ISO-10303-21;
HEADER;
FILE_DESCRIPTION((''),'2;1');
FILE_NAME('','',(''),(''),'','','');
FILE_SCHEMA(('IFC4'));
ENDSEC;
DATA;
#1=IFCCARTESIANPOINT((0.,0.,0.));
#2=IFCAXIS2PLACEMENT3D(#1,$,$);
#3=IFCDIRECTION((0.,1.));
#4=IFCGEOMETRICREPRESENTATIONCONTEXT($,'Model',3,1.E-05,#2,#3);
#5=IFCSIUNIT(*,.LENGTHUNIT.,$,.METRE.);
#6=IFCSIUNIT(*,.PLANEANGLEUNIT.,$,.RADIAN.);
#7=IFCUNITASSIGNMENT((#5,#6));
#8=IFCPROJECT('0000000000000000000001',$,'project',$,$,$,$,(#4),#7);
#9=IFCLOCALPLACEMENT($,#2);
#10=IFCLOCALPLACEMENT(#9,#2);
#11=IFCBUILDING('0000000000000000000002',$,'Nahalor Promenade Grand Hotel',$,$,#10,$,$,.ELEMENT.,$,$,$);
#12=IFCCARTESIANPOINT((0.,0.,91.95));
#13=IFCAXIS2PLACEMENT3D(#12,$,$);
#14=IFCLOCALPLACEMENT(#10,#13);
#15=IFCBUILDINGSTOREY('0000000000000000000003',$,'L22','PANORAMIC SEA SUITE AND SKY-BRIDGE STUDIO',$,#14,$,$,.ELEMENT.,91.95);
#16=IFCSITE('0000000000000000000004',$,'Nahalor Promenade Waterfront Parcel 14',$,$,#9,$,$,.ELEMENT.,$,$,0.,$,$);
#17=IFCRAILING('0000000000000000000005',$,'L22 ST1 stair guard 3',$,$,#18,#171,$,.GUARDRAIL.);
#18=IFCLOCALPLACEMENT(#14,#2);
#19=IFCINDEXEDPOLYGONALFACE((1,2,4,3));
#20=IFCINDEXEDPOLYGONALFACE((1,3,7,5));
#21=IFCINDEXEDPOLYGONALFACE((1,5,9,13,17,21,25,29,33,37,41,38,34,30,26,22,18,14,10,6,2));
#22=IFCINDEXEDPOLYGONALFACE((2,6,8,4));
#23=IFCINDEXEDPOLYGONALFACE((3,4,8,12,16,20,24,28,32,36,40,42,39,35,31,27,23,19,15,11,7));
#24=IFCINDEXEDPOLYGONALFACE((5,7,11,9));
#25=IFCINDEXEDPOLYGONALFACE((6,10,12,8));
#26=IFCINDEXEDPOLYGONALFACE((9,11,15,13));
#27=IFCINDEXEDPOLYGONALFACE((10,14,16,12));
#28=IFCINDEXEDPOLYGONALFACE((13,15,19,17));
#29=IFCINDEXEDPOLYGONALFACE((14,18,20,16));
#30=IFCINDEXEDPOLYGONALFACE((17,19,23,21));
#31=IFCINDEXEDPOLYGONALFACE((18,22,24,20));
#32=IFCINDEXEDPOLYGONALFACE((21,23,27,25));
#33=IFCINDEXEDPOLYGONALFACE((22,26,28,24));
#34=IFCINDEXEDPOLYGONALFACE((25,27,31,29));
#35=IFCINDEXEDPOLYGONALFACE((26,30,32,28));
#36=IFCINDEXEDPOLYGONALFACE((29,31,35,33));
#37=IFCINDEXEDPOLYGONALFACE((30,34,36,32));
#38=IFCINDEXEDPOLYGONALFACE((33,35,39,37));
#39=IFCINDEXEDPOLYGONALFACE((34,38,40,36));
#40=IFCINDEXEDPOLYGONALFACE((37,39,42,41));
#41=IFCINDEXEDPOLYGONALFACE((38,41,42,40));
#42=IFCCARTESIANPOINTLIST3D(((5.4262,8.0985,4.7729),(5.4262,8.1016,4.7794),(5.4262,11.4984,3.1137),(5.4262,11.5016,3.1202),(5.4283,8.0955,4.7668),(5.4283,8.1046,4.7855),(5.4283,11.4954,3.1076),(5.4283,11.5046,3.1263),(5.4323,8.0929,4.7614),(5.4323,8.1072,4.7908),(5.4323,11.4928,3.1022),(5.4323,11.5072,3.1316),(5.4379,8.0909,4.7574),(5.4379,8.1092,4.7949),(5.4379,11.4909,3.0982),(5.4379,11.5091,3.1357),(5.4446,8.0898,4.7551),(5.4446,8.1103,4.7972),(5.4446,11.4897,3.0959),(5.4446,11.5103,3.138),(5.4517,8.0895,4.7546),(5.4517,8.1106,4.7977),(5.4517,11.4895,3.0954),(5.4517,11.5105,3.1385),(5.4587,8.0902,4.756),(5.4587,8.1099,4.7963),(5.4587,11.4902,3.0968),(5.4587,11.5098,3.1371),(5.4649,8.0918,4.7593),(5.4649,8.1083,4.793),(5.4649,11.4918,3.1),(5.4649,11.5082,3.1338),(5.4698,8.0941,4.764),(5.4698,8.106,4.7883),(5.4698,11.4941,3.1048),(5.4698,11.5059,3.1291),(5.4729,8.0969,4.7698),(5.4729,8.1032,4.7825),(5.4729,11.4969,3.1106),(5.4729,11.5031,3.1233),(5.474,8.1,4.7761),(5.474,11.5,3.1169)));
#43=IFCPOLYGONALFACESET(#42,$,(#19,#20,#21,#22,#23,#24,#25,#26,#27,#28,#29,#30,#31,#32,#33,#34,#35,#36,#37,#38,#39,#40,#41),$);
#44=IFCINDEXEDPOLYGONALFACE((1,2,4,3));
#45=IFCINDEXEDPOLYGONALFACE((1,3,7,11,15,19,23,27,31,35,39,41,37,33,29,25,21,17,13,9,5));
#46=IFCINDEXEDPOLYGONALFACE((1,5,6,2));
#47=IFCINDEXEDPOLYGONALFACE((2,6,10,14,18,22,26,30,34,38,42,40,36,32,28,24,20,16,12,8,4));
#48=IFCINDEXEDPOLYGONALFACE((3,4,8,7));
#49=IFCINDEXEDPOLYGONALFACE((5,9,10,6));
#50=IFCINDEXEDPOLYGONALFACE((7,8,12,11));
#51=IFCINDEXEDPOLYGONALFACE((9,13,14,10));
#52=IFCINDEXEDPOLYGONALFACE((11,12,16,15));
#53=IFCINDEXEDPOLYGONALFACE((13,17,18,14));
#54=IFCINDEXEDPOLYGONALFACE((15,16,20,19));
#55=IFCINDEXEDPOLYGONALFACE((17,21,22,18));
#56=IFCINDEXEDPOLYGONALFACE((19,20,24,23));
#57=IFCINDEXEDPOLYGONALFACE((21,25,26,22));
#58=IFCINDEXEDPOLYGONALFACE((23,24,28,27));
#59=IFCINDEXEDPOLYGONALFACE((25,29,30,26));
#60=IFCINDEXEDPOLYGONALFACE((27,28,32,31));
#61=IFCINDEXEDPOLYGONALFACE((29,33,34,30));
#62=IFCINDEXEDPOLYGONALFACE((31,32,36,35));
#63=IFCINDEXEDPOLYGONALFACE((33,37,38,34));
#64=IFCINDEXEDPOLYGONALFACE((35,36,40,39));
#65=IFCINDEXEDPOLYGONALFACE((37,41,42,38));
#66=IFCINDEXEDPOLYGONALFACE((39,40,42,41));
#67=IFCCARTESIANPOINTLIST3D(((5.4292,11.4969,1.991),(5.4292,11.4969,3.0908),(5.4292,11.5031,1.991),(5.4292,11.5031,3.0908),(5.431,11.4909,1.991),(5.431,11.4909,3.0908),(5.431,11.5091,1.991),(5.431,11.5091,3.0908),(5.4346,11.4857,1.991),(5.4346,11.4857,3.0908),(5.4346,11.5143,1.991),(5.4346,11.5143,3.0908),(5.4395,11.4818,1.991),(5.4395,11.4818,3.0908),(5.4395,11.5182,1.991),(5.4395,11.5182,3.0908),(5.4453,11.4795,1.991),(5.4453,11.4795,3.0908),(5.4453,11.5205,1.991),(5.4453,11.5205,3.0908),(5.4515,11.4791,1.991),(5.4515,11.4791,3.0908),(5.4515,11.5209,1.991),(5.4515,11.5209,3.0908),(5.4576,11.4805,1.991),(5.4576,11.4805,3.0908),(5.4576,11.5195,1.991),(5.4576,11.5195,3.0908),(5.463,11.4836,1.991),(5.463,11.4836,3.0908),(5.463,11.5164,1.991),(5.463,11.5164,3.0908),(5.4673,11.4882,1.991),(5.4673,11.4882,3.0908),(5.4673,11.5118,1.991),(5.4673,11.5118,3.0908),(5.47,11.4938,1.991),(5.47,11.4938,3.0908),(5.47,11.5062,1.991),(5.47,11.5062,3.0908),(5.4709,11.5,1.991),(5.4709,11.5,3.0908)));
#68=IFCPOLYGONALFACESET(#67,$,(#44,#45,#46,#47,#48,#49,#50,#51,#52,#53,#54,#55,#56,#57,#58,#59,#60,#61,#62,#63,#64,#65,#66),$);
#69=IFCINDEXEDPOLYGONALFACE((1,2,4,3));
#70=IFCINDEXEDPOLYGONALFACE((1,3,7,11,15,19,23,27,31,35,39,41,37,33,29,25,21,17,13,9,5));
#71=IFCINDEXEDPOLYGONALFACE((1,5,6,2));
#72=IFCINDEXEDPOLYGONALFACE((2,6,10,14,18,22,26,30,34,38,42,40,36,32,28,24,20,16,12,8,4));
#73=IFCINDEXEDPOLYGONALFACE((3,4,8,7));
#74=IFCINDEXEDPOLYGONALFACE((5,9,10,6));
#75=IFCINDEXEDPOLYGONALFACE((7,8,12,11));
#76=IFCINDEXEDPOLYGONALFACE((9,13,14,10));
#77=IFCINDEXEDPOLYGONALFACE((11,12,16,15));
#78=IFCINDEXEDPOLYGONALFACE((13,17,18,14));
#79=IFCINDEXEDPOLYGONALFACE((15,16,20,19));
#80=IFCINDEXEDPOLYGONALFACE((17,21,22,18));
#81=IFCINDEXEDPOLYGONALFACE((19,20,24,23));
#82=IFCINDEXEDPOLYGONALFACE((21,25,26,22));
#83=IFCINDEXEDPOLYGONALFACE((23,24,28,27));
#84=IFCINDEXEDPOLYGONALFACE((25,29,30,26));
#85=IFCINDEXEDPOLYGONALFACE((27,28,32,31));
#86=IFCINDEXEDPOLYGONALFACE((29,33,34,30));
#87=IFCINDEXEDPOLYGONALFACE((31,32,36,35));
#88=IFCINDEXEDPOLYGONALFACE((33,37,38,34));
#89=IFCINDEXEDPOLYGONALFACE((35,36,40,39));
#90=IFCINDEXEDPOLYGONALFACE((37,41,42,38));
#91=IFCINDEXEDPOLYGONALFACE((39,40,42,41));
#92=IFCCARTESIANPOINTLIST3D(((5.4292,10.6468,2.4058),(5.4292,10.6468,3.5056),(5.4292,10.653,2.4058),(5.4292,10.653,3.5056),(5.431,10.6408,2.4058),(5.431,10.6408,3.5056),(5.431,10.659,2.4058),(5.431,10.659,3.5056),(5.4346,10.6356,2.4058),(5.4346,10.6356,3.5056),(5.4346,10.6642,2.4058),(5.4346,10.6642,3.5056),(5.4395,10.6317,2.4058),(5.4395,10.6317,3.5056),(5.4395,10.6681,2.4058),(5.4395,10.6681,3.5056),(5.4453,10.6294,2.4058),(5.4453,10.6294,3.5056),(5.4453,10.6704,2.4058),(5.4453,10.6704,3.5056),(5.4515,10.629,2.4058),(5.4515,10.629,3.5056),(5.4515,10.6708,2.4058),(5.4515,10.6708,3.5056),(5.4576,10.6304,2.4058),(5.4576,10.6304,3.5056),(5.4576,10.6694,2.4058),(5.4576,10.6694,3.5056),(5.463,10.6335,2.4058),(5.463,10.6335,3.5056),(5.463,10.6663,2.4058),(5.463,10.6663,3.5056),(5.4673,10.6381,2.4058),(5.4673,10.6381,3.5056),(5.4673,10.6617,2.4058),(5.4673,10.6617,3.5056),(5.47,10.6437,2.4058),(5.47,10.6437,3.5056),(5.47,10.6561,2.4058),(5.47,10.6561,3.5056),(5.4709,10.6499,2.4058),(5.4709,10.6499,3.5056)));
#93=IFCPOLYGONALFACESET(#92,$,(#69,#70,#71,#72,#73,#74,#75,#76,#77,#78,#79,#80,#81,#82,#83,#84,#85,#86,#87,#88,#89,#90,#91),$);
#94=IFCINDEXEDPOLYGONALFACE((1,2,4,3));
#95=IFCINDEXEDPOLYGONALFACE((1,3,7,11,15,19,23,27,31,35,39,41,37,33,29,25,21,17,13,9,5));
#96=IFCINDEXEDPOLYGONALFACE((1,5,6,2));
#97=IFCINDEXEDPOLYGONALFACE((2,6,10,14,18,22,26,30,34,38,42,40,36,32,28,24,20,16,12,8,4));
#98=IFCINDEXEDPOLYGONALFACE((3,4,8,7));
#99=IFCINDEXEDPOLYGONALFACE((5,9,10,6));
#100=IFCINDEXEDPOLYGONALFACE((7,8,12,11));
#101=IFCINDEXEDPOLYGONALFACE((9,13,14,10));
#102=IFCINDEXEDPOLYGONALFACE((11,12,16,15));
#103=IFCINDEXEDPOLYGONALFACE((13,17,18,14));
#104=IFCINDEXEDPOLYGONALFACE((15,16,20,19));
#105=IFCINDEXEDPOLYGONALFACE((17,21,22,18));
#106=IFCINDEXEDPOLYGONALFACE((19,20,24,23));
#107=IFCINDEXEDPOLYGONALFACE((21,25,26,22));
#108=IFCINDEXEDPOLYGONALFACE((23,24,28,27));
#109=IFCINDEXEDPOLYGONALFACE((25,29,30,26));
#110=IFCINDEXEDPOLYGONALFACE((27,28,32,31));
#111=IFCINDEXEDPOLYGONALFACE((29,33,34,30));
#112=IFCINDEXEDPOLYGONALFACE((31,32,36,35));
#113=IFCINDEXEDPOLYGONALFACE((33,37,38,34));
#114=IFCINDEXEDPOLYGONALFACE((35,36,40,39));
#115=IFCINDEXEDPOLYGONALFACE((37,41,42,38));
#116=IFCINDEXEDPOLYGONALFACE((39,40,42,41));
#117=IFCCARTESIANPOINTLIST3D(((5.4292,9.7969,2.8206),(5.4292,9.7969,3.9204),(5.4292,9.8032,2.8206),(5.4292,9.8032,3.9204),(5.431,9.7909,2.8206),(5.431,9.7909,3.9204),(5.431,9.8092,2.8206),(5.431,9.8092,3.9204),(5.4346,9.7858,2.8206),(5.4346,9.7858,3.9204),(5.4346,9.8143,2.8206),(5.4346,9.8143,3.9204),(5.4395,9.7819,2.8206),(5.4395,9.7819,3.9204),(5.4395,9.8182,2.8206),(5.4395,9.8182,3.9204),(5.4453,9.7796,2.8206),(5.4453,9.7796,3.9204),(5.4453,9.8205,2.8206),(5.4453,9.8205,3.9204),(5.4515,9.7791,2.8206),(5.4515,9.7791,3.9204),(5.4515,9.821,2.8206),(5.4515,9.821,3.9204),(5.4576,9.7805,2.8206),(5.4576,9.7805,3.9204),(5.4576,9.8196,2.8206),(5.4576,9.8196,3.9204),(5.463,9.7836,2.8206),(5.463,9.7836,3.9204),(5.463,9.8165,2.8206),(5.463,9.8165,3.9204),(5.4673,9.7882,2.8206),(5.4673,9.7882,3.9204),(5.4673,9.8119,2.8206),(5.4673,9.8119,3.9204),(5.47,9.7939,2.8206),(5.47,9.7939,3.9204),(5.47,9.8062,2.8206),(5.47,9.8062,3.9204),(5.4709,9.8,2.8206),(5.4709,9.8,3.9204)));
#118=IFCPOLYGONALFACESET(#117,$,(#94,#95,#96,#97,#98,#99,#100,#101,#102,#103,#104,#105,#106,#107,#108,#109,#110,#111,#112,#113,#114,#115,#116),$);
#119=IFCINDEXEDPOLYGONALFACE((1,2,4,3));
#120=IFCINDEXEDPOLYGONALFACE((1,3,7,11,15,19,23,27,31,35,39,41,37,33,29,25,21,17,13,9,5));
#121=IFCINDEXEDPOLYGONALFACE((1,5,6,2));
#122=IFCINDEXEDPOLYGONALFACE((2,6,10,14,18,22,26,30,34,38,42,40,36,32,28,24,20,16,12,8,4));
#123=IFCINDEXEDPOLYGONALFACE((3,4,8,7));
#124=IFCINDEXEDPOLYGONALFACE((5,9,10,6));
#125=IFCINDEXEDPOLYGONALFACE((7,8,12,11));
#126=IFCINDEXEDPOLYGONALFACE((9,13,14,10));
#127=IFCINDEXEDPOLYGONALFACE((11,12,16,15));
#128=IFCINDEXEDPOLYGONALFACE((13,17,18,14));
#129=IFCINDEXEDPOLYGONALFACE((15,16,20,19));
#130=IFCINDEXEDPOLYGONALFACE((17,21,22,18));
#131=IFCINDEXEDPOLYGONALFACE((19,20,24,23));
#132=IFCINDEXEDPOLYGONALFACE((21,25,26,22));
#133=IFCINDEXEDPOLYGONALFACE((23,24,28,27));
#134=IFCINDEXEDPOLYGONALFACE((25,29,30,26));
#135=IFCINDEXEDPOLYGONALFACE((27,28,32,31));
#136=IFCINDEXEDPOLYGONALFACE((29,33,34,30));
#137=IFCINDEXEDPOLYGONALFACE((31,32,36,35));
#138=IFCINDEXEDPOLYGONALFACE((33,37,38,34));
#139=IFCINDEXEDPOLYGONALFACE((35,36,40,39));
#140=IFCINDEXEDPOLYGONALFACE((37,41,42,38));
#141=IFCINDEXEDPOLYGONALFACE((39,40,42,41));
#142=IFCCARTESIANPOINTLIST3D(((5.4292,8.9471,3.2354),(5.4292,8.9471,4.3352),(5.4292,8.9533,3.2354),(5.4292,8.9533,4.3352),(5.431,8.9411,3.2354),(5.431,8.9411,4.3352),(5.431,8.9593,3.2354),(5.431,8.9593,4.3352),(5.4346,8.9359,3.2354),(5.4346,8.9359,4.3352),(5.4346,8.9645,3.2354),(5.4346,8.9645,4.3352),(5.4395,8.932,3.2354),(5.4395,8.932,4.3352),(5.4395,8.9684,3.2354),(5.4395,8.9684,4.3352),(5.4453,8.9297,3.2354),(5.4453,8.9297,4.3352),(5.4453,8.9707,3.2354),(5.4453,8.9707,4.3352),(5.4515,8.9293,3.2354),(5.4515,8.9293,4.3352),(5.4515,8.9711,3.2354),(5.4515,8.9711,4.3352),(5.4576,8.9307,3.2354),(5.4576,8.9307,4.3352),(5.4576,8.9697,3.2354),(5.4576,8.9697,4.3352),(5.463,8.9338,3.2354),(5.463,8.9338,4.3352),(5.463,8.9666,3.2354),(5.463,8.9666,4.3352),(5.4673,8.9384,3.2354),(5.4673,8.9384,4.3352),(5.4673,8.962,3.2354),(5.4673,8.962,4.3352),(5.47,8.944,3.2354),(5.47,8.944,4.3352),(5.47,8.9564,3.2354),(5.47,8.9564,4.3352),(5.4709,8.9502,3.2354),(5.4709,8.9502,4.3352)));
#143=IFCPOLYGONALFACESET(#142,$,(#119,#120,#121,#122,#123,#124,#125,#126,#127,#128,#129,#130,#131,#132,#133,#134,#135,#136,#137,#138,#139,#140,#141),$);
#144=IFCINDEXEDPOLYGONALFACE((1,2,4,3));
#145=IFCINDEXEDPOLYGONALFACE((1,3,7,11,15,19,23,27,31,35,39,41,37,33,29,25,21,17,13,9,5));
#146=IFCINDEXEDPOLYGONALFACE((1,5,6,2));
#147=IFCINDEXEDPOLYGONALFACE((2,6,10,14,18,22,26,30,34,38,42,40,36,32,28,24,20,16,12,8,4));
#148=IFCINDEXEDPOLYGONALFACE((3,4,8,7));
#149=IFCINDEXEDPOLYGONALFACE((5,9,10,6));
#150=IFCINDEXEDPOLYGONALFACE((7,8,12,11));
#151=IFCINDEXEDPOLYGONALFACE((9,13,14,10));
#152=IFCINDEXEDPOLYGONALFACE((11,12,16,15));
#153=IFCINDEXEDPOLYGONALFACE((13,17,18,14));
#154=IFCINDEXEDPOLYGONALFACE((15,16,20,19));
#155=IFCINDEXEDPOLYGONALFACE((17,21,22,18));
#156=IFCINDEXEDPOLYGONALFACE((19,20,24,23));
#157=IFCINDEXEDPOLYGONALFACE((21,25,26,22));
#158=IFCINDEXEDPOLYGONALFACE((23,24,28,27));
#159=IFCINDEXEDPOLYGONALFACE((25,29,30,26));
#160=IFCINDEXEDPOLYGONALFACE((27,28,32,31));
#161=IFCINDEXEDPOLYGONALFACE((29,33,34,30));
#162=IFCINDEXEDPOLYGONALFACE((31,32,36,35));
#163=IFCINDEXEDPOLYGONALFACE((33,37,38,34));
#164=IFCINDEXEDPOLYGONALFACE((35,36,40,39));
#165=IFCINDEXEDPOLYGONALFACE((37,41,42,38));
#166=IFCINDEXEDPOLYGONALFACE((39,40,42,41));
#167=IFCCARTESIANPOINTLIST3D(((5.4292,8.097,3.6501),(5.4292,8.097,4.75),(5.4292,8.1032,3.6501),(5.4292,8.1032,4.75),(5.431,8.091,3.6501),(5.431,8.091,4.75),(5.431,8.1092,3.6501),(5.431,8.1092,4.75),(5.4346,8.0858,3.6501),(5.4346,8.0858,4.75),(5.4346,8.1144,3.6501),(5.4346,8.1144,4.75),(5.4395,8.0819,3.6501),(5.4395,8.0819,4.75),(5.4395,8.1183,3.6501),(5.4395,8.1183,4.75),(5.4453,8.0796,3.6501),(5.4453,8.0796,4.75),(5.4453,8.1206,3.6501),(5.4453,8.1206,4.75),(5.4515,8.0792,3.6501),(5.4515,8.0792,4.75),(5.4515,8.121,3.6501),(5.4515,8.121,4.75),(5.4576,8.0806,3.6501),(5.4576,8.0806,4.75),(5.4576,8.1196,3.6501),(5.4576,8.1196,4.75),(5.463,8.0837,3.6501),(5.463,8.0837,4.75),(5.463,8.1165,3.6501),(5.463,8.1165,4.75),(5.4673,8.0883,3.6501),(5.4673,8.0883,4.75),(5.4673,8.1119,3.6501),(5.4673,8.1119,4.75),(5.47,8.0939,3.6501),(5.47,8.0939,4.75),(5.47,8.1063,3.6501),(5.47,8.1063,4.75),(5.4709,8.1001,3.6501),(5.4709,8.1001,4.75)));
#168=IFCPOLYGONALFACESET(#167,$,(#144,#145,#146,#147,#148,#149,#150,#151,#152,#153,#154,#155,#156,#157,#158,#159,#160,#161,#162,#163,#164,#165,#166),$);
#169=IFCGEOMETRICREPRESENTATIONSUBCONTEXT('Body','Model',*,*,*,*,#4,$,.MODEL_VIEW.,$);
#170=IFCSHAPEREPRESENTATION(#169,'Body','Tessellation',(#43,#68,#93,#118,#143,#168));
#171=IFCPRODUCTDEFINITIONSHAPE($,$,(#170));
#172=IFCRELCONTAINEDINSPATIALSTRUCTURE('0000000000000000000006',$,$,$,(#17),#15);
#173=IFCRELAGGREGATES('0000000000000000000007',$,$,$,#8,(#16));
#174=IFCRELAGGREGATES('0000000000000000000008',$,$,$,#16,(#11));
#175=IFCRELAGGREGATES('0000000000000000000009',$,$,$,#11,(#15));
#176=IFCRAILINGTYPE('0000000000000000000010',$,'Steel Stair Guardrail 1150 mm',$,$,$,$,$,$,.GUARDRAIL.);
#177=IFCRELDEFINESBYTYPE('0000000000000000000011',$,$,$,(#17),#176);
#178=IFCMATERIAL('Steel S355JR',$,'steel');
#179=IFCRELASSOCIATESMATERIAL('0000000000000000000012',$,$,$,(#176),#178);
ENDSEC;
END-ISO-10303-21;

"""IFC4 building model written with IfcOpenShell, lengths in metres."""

from ifc_helpers import new_model, si_unit, direction, frame, origin, origin_2d, place, context, subcontext, project, spatial, circle, extrude, material, type_object, element, save


model = new_model("IFC4")

# Units and contexts
model_context = context("Model", 3, precision=1e-05, world=origin(), true_north=direction((0.0, 1.0)))
body_context = subcontext(model_context, "Body", "Model", "MODEL_VIEW")
ifc_project = project(units=[si_unit("LENGTHUNIT", "METRE"), si_unit("PLANEANGLEUNIT", "RADIAN")], contexts=[model_context])

# Site, building, storey
site_placement = place(None, origin())
site = spatial("IfcSite", under=ifc_project, at=site_placement, Name="Nahalor Promenade Waterfront Parcel 14", CompositionType="ELEMENT", RefElevation=0.0)
building_placement = place(site_placement, origin())
building = spatial("IfcBuilding", under=site, at=building_placement, Name="Nahalor Promenade Grand Hotel", CompositionType="ELEMENT")
storey_placement = place(building_placement, frame((0.0, 0.0, 91.95)))
storey = spatial("IfcBuildingStorey", under=building, at=storey_placement, Name="L22", Description="PANORAMIC SEA SUITE AND SKY-BRIDGE STUDIO", CompositionType="ELEMENT", Elevation=91.95)

# Shared definitions
ifc_material_1 = material(Name="Steel S355JR", Category="steel")

# Railing
railing_type_1 = type_object("IfcRailingType", Name="Steel Stair Guardrail 1150 mm", PredefinedType="GUARDRAIL", material=ifc_material_1)
railing_1_placement = place(storey_placement, frame((5.45, 11.5, 1.991)))
element("IfcRailing", 1, at=railing_1_placement, inside=storey, type_object=railing_type_1, Name="L22 ST1 stair guard 3", PredefinedType="GUARDRAIL", context=body_context, shape_type="SweptSolid", body=[
    extrude(circle(Radius=0.024, at=origin_2d()), frame((0.0, 0.0, 1.126), z_axis=(0.0, -0.898696, 0.438571), x_axis=(1.0, 0.0, 0.0)), (0.0, 0.0, 1.0), 3.7832),
    extrude(circle(Radius=0.021, at=origin_2d()), origin(), (0.0, 0.0, 1.0), 1.0999),
    extrude(circle(Radius=0.021, at=origin_2d()), frame((0.0, -0.8501, 0.4148)), (0.0, 0.0, 1.0), 1.0999),
    extrude(circle(Radius=0.021, at=origin_2d()), frame((0.0, -1.7, 0.8296)), (0.0, 0.0, 1.0), 1.0999),
    extrude(circle(Radius=0.021, at=origin_2d()), frame((0.0, -2.5498, 1.2444)), (0.0, 0.0, 1.0), 1.0999),
    extrude(circle(Radius=0.021, at=origin_2d()), frame((0.0, -3.3999, 1.6592)), (0.0, 0.0, 1.0), 1.0999),
])

save(model, "model.ifc")
